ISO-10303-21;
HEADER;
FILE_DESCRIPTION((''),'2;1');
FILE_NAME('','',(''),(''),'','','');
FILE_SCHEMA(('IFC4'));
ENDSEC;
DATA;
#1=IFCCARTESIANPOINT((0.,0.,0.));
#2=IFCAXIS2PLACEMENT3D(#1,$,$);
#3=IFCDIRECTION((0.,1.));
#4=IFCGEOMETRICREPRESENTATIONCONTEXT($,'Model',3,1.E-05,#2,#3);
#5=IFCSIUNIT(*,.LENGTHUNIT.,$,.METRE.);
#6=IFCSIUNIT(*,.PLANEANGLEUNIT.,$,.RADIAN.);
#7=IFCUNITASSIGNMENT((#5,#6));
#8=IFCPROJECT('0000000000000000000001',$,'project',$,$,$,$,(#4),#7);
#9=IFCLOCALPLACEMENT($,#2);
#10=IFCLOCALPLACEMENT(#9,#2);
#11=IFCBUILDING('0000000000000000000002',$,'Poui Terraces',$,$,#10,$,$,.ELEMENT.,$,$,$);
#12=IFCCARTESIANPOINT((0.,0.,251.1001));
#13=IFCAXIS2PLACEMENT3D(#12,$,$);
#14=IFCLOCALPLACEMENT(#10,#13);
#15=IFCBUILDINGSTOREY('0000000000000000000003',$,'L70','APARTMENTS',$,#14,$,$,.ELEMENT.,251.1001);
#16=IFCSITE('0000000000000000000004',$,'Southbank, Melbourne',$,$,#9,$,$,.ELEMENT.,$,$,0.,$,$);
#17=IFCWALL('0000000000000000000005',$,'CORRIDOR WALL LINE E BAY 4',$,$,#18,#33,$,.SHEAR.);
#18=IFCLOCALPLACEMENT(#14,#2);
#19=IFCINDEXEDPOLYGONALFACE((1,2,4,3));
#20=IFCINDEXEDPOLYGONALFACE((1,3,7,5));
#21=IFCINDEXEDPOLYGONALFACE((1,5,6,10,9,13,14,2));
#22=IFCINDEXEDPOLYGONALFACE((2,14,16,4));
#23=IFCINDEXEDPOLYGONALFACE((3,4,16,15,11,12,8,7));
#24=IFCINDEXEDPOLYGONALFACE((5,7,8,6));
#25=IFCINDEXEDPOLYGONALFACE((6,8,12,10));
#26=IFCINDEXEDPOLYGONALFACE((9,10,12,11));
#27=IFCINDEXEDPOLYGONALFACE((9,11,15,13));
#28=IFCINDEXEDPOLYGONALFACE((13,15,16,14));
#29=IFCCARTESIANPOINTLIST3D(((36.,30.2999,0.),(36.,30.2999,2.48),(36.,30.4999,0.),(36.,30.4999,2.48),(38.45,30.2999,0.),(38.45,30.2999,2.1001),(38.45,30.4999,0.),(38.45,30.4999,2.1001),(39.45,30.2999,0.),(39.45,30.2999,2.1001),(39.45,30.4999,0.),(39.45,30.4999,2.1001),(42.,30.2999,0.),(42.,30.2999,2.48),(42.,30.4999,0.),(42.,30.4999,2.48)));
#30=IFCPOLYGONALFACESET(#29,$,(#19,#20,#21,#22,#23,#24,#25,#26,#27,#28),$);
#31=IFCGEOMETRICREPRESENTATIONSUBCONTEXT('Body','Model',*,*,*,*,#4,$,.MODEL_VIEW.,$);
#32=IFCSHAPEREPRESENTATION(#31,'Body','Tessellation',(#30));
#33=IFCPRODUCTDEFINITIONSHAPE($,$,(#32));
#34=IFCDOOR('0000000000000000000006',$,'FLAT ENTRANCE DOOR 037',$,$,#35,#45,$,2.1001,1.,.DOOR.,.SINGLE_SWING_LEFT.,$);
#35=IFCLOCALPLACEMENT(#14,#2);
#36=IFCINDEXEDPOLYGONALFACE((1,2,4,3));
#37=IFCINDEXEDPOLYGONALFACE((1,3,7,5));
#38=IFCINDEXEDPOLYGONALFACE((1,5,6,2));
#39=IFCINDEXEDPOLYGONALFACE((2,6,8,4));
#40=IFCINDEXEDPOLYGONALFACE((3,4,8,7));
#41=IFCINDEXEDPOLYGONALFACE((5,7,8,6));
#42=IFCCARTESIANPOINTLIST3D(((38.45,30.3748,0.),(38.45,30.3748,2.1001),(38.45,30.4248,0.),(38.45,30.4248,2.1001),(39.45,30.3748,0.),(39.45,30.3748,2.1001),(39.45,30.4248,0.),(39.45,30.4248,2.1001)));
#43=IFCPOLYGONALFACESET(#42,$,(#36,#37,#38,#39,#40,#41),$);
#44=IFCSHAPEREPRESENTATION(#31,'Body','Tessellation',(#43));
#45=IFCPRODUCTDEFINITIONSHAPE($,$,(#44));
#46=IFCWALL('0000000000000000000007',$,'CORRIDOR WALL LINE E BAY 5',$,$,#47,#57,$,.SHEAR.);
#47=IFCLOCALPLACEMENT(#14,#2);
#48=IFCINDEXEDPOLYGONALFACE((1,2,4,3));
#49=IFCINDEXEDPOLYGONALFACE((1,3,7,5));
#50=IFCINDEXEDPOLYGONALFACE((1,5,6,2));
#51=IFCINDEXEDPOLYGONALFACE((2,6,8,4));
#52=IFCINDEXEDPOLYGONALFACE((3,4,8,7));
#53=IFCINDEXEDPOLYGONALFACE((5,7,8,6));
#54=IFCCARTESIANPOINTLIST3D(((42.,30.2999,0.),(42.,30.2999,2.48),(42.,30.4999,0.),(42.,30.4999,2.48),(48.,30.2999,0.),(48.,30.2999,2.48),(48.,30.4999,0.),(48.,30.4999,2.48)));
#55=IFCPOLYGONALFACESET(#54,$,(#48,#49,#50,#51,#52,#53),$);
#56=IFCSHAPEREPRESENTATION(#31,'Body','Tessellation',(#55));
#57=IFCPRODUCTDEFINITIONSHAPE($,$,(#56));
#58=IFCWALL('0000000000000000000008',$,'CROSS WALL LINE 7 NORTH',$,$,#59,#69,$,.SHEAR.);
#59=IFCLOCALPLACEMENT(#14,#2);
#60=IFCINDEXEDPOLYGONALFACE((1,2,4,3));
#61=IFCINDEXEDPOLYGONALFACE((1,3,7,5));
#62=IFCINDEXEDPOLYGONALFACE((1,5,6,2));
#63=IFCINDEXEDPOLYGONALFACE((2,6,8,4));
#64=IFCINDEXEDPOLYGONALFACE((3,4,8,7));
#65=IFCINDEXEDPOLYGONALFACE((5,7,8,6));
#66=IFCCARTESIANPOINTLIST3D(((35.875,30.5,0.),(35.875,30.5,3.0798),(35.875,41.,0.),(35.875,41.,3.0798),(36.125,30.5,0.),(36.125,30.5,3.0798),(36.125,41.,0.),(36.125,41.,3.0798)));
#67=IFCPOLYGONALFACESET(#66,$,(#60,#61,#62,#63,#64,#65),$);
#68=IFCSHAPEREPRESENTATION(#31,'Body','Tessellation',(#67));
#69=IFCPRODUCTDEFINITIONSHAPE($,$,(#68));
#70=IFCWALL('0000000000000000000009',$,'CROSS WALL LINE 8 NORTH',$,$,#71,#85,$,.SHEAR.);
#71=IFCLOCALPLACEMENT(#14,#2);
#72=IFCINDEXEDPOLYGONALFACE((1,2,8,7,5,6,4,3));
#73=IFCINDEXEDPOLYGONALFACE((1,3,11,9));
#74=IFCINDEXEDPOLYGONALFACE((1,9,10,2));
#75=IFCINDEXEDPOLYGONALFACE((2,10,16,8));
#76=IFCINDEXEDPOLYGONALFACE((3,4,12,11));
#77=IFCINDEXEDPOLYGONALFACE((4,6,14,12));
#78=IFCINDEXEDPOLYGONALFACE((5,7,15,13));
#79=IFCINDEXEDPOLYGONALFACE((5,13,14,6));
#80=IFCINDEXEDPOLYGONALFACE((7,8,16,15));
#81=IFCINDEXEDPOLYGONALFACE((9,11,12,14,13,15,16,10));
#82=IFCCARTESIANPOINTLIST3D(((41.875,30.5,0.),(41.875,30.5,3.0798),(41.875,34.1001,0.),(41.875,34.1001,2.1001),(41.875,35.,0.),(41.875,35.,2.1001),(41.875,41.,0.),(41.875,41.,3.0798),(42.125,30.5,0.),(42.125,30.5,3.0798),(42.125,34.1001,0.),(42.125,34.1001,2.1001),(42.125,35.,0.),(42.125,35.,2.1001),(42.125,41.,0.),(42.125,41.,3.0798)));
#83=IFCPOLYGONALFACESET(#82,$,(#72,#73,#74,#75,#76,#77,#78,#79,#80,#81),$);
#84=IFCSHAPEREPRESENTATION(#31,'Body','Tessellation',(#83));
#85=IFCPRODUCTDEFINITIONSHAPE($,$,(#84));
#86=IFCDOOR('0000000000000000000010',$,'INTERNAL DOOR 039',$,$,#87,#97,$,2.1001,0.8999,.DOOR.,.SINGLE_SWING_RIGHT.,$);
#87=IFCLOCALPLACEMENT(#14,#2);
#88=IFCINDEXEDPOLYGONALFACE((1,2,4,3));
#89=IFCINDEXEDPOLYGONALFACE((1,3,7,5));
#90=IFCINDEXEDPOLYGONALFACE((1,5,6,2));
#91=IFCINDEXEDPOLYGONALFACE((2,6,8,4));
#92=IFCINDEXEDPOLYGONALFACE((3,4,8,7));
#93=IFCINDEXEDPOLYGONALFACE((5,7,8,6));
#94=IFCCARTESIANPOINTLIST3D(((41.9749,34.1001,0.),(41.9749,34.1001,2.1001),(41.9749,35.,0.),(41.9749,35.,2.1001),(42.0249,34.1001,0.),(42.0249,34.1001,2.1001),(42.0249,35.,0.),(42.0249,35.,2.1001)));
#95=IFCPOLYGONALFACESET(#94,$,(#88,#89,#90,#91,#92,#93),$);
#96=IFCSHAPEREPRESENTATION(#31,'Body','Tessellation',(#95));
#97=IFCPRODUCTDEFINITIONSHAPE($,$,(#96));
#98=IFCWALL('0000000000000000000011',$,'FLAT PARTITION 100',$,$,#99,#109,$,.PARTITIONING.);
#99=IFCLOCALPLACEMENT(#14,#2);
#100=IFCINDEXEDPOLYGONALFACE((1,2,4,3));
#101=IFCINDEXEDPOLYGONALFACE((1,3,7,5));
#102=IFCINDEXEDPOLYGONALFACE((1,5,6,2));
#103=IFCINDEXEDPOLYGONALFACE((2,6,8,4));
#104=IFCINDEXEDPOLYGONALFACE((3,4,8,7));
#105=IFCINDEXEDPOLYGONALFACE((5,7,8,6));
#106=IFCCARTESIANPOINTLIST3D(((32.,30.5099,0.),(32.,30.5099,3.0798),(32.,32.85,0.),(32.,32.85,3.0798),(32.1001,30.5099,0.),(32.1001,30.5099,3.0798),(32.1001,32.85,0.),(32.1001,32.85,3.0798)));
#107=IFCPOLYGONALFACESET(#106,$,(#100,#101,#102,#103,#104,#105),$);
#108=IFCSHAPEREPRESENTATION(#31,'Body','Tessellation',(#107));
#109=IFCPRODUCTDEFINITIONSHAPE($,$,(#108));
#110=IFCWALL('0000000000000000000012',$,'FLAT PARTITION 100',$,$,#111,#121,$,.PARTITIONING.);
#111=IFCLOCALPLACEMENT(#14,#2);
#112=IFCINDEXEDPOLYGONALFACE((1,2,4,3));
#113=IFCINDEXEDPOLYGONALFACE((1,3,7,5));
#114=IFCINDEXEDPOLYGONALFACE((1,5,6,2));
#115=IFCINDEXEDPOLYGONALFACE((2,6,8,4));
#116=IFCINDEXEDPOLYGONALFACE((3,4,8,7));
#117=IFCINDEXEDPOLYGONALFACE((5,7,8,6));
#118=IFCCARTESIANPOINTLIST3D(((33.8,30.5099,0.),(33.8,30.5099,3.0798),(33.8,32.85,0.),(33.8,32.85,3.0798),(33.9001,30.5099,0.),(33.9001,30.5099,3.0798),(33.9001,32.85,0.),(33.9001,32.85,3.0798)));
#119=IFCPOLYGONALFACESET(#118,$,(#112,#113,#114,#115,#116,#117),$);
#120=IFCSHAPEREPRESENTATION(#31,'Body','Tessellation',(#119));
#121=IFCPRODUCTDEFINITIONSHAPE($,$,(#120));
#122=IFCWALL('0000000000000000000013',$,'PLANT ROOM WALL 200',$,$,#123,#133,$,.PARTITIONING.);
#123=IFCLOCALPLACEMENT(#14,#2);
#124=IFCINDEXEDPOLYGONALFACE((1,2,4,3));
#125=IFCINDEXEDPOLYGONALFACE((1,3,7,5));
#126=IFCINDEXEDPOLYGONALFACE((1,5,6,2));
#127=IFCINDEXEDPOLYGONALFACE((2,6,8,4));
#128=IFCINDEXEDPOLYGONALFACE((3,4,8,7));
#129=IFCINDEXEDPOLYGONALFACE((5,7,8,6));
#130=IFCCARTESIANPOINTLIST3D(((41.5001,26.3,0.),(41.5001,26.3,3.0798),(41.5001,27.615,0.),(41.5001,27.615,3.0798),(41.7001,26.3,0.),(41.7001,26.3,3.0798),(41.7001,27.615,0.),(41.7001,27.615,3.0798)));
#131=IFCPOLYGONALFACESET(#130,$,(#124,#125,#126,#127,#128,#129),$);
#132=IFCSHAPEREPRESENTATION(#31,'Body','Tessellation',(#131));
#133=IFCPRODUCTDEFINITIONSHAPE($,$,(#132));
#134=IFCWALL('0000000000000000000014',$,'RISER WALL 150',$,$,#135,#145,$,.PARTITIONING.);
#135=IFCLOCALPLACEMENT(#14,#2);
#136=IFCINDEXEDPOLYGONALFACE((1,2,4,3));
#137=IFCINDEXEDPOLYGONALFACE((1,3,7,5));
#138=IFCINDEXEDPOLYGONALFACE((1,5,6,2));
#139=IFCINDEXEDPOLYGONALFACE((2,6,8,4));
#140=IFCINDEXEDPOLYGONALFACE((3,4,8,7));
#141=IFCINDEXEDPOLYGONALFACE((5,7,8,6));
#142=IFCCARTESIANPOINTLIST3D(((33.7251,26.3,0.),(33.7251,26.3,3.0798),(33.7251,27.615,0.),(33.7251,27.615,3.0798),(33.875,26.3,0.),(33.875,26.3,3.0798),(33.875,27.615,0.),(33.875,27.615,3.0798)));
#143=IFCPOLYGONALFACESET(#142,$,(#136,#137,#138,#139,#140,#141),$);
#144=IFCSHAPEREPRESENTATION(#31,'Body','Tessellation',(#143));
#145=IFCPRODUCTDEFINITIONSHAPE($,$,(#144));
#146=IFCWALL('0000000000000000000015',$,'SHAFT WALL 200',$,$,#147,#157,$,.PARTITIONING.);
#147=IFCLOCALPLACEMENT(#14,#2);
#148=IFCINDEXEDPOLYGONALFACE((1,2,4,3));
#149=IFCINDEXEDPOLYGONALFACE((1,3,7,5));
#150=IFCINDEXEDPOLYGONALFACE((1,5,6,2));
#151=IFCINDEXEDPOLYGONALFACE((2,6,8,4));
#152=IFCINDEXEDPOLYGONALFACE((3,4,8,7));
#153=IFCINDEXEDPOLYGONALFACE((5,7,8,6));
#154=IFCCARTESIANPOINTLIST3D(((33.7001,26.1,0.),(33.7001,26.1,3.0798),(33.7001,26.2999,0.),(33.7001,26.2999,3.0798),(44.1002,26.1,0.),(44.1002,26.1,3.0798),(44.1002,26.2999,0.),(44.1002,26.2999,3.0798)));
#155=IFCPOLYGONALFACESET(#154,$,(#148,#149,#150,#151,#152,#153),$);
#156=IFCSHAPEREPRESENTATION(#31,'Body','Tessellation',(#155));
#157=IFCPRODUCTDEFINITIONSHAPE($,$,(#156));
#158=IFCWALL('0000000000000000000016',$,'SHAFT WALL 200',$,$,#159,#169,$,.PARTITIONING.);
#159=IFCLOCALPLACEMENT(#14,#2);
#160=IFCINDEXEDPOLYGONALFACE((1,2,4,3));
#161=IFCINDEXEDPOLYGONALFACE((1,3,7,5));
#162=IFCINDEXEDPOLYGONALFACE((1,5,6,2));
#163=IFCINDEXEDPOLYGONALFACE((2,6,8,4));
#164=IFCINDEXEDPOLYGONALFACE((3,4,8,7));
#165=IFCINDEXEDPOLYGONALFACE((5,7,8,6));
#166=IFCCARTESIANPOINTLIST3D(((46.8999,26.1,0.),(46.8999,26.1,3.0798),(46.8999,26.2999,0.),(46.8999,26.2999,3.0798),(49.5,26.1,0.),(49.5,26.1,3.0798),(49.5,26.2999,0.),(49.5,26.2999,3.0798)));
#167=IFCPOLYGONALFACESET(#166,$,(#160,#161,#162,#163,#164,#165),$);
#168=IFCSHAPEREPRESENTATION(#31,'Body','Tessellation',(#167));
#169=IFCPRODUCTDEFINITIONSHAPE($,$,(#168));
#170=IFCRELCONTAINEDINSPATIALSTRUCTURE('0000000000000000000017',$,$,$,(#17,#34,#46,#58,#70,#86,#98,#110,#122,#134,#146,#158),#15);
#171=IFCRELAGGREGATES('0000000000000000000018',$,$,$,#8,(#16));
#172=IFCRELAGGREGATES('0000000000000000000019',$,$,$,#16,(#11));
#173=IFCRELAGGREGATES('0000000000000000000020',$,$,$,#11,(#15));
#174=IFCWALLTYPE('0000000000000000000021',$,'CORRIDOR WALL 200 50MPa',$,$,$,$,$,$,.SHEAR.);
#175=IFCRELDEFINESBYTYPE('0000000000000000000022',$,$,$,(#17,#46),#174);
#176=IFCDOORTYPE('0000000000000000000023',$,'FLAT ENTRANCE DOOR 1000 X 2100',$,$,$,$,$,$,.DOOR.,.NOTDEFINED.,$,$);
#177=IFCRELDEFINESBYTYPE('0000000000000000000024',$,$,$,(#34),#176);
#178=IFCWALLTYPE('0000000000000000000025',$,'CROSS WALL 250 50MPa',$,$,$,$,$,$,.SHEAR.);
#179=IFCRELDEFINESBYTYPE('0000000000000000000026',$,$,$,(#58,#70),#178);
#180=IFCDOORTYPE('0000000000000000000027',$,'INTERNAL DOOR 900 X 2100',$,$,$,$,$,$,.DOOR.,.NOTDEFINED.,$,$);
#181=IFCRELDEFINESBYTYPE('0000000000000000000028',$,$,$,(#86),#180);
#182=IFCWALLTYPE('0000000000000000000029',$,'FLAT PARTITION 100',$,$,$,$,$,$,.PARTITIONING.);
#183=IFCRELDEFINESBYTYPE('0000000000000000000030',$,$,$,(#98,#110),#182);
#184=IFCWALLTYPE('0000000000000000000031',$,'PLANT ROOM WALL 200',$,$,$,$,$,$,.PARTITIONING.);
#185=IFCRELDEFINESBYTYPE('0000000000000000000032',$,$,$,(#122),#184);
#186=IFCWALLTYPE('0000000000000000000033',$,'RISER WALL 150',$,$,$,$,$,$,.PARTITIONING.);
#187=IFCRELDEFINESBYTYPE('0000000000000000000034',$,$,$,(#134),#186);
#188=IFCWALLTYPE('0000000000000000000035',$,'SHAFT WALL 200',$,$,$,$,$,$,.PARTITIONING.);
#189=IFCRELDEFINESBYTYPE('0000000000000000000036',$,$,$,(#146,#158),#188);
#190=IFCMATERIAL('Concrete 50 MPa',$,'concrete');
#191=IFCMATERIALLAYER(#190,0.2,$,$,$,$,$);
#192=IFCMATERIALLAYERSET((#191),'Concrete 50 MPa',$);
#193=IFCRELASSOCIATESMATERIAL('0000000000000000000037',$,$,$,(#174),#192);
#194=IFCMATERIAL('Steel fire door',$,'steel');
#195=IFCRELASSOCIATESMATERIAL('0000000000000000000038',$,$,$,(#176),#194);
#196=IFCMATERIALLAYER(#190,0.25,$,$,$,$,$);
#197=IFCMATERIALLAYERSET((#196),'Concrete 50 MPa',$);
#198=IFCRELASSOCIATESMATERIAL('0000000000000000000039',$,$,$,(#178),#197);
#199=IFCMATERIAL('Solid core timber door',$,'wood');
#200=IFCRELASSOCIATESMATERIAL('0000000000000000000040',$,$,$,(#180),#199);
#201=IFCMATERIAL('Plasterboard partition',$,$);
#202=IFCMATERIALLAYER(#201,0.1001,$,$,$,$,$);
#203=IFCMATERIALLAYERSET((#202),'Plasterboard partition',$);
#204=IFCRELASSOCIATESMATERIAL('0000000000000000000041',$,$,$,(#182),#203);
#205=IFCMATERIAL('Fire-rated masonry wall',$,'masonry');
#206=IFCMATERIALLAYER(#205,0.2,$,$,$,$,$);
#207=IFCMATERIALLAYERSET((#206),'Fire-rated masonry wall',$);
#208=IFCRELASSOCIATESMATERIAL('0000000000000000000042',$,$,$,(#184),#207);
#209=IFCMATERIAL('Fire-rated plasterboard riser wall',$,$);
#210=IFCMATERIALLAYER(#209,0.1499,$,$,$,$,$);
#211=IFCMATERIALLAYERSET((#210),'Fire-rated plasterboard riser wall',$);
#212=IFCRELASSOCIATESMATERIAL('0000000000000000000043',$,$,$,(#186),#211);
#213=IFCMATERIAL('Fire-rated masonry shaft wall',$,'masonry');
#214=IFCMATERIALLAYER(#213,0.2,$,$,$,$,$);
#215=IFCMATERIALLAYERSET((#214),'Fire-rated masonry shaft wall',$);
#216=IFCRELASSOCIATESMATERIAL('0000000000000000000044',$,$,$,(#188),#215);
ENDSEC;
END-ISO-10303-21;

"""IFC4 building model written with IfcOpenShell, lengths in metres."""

from ifc_helpers import new_model, si_unit, direction, frame, frame_2d, origin, place, context, subcontext, project, spatial, rectangle, extrude, material, layer, layer_set, type_object, element, fill, save


model = new_model("IFC4")

# Units and contexts
model_context = context("Model", 3, precision=1e-05, world=origin(), true_north=direction((0.0, 1.0)))
body_context = subcontext(model_context, "Body", "Model", "MODEL_VIEW")
ifc_project = project(units=[si_unit("LENGTHUNIT", "METRE"), si_unit("PLANEANGLEUNIT", "RADIAN")], contexts=[model_context])

# Site, building, storey
site_placement = place(None, origin())
site = spatial("IfcSite", under=ifc_project, at=site_placement, Name="Southbank, Melbourne", CompositionType="ELEMENT", RefElevation=0.0)
building_placement = place(site_placement, origin())
building = spatial("IfcBuilding", under=site, at=building_placement, Name="Poui Terraces", CompositionType="ELEMENT")
storey_placement = place(building_placement, frame((0.0, 0.0, 251.1001)))
storey = spatial("IfcBuildingStorey", under=building, at=storey_placement, Name="L70", Description="APARTMENTS", CompositionType="ELEMENT", Elevation=251.1001)

# Shared definitions
ifc_material_1 = material(Name="Concrete 50 MPa", Category="concrete")

# Shared definitions
ifc_material_2 = material(Name="Steel fire door", Category="steel")

# Wall, opening, door
ifc_layer_1 = layer(ifc_material_1, 0.2)
ifc_layer_set_1 = layer_set([ifc_layer_1], Name="Concrete 50 MPa")
wall_type_1 = type_object("IfcWallType", Name="CORRIDOR WALL 200 50MPa", PredefinedType="SHEAR", material=ifc_layer_set_1)
wall_1_placement = place(storey_placement, frame((36.0, 30.3999, 0.0), z_axis=(0.0, 0.0, 1.0), x_axis=(1.0, 0.0, 0.0)))
wall_1 = element("IfcWall", 1, at=wall_1_placement, inside=storey, type_object=wall_type_1, Name="CORRIDOR WALL LINE E BAY 4", PredefinedType="SHEAR", context=body_context, shape_type="SweptSolid", body=[
    extrude(rectangle(XDim=6.0, YDim=0.2, at=frame_2d((3.0, 0.0))), origin(), (0.0, 0.0, 1.0), 2.48),
])
opening_1_placement = place(wall_1_placement, frame((2.45, 0.0, 0.0)))
opening_1 = element("IfcOpeningElement", 2, at=opening_1_placement, cuts=wall_1, PredefinedType="OPENING", context=body_context, shape_type="SweptSolid", body=[
    extrude(rectangle(XDim=1.0, YDim=2.1001, at=frame_2d((0.5, 1.05))), frame((0.0, 0.1099, 0.0), z_axis=(0.0, -1.0, 0.0), x_axis=(1.0, 0.0, 0.0)), (0.0, 0.0, 1.0), 0.22),
])
door_type_1 = type_object("IfcDoorType", Name="FLAT ENTRANCE DOOR 1000 X 2100", OperationType="NOTDEFINED", PredefinedType="DOOR", material=ifc_material_2)
door_1_placement = place(opening_1_placement, origin())
door_1 = element("IfcDoor", 3, at=door_1_placement, inside=storey, type_object=door_type_1, Name="FLAT ENTRANCE DOOR 037", OperationType="SINGLE_SWING_LEFT", OverallHeight=2.1001, OverallWidth=1.0, PredefinedType="DOOR", context=body_context, shape_type="SweptSolid", body=[
    extrude(rectangle(XDim=1.0, YDim=2.1001, at=frame_2d((0.5, 1.05))), frame((0.0, 0.0249, 0.0), z_axis=(0.0, -1.0, 0.0), x_axis=(1.0, 0.0, 0.0)), (0.0, 0.0, 1.0), 0.05),
])
fill(opening_1, door_1)

# Walls
wall_2_placement = place(storey_placement, frame((42.0, 30.3999, 0.0), z_axis=(0.0, 0.0, 1.0), x_axis=(1.0, 0.0, 0.0)))
element("IfcWall", 4, at=wall_2_placement, inside=storey, type_object=wall_type_1, Name="CORRIDOR WALL LINE E BAY 5", PredefinedType="SHEAR", context=body_context, shape_type="SweptSolid", body=[
    extrude(rectangle(XDim=6.0, YDim=0.2, at=frame_2d((3.0, 0.0))), origin(), (0.0, 0.0, 1.0), 2.48),
])
ifc_layer_2 = layer(ifc_material_1, 0.25)
ifc_layer_set_2 = layer_set([ifc_layer_2], Name="Concrete 50 MPa")
wall_type_2 = type_object("IfcWallType", Name="CROSS WALL 250 50MPa", PredefinedType="SHEAR", material=ifc_layer_set_2)
wall_3_placement = place(storey_placement, frame((36.0, 30.5, 0.0), z_axis=(0.0, 0.0, 1.0), x_axis=(0.0, 1.0, 0.0)))
element("IfcWall", 5, at=wall_3_placement, inside=storey, type_object=wall_type_2, Name="CROSS WALL LINE 7 NORTH", PredefinedType="SHEAR", context=body_context, shape_type="SweptSolid", body=[
    extrude(rectangle(XDim=10.5, YDim=0.25, at=frame_2d((5.25, 0.0))), origin(), (0.0, 0.0, 1.0), 3.0798),
])

# Wall, opening, door
wall_4_placement = place(storey_placement, frame((42.0, 30.5, 0.0), z_axis=(0.0, 0.0, 1.0), x_axis=(0.0, 1.0, 0.0)))
wall_4 = element("IfcWall", 6, at=wall_4_placement, inside=storey, type_object=wall_type_2, Name="CROSS WALL LINE 8 NORTH", PredefinedType="SHEAR", context=body_context, shape_type="SweptSolid", body=[
    extrude(rectangle(XDim=10.5, YDim=0.25, at=frame_2d((5.25, 0.0))), origin(), (0.0, 0.0, 1.0), 3.0798),
])
opening_2_placement = place(wall_4_placement, frame((3.6001, 0.0, 0.0)))
opening_2 = element("IfcOpeningElement", 7, at=opening_2_placement, cuts=wall_4, PredefinedType="OPENING", context=body_context, shape_type="SweptSolid", body=[
    extrude(rectangle(XDim=0.8999, YDim=2.1001, at=frame_2d((0.45, 1.05))), frame((0.0, 0.135, 0.0), z_axis=(0.0, -1.0, 0.0), x_axis=(1.0, 0.0, 0.0)), (0.0, 0.0, 1.0), 0.27),
])
ifc_material_3 = material(Name="Solid core timber door", Category="wood")
door_type_2 = type_object("IfcDoorType", Name="INTERNAL DOOR 900 X 2100", OperationType="NOTDEFINED", PredefinedType="DOOR", material=ifc_material_3)
door_2_placement = place(opening_2_placement, frame((0.8999, 0.0, 0.0), z_axis=(0.0, 0.0, 1.0), x_axis=(-1.0, 0.0, 0.0)))
door_2 = element("IfcDoor", 8, at=door_2_placement, inside=storey, type_object=door_type_2, Name="INTERNAL DOOR 039", OperationType="SINGLE_SWING_RIGHT", OverallHeight=2.1001, OverallWidth=0.8999, PredefinedType="DOOR", context=body_context, shape_type="SweptSolid", body=[
    extrude(rectangle(XDim=0.8999, YDim=2.1001, at=frame_2d((0.45, 1.05))), frame((0.0, 0.0249, 0.0), z_axis=(0.0, -1.0, 0.0), x_axis=(1.0, 0.0, 0.0)), (0.0, 0.0, 1.0), 0.05),
])
fill(opening_2, door_2)

# Walls
ifc_material_4 = material(Name="Plasterboard partition")
ifc_layer_3 = layer(ifc_material_4, 0.1001)
ifc_layer_set_3 = layer_set([ifc_layer_3], Name="Plasterboard partition")
wall_type_3 = type_object("IfcWallType", Name="FLAT PARTITION 100", PredefinedType="PARTITIONING", material=ifc_layer_set_3)
for number, where, z_axis, x_axis, name in (
    (9, (32.05, 30.51, 0.0), (0.0, 0.0, 1.0), (0.0, 1.0, 0.0), "FLAT PARTITION 100"),
    (10, (33.8501, 30.51, 0.0), (0.0, 0.0, 1.0), (0.0, 1.0, 0.0), "FLAT PARTITION 100"),
):
    element("IfcWall", number, at=place(storey_placement, frame(where, z_axis=z_axis, x_axis=x_axis)), inside=storey, type_object=wall_type_3, Name=name, PredefinedType="PARTITIONING", context=body_context, shape_type="SweptSolid", body=[
        extrude(rectangle(XDim=2.3401, YDim=0.1001, at=frame_2d((1.1699, 0.0))), origin(), (0.0, 0.0, 1.0), 3.0798),
    ])
ifc_material_5 = material(Name="Fire-rated masonry wall", Category="masonry")
ifc_layer_4 = layer(ifc_material_5, 0.2)
ifc_layer_set_4 = layer_set([ifc_layer_4], Name="Fire-rated masonry wall")
wall_type_4 = type_object("IfcWallType", Name="PLANT ROOM WALL 200", PredefinedType="PARTITIONING", material=ifc_layer_set_4)
wall_5_placement = place(storey_placement, frame((41.6001, 26.3, 0.0), z_axis=(0.0, 0.0, 1.0), x_axis=(0.0, 1.0, 0.0)))
element("IfcWall", 11, at=wall_5_placement, inside=storey, type_object=wall_type_4, Name="PLANT ROOM WALL 200", PredefinedType="PARTITIONING", context=body_context, shape_type="SweptSolid", body=[
    extrude(rectangle(XDim=1.3149, YDim=0.2, at=frame_2d((0.6575, 0.0))), origin(), (0.0, 0.0, 1.0), 3.0798),
])
ifc_material_6 = material(Name="Fire-rated plasterboard riser wall")
ifc_layer_5 = layer(ifc_material_6, 0.1499)
ifc_layer_set_5 = layer_set([ifc_layer_5], Name="Fire-rated plasterboard riser wall")
wall_type_5 = type_object("IfcWallType", Name="RISER WALL 150", PredefinedType="PARTITIONING", material=ifc_layer_set_5)
wall_6_placement = place(storey_placement, frame((33.8, 26.3, 0.0), z_axis=(0.0, 0.0, 1.0), x_axis=(0.0, 1.0, 0.0)))
element("IfcWall", 12, at=wall_6_placement, inside=storey, type_object=wall_type_5, Name="RISER WALL 150", PredefinedType="PARTITIONING", context=body_context, shape_type="SweptSolid", body=[
    extrude(rectangle(XDim=1.3149, YDim=0.1499, at=frame_2d((0.6575, 0.0))), origin(), (0.0, 0.0, 1.0), 3.0798),
])
ifc_material_7 = material(Name="Fire-rated masonry shaft wall", Category="masonry")
ifc_layer_6 = layer(ifc_material_7, 0.2)
ifc_layer_set_6 = layer_set([ifc_layer_6], Name="Fire-rated masonry shaft wall")
wall_type_6 = type_object("IfcWallType", Name="SHAFT WALL 200", PredefinedType="PARTITIONING", material=ifc_layer_set_6)
wall_7_placement = place(storey_placement, frame((33.7, 26.2, 0.0), z_axis=(0.0, 0.0, 1.0), x_axis=(1.0, 0.0, 0.0)))
element("IfcWall", 13, at=wall_7_placement, inside=storey, type_object=wall_type_6, Name="SHAFT WALL 200", PredefinedType="PARTITIONING", context=body_context, shape_type="SweptSolid", body=[
    extrude(rectangle(XDim=10.4001, YDim=0.2, at=frame_2d((5.2002, 0.0))), origin(), (0.0, 0.0, 1.0), 3.0798),
])
wall_8_placement = place(storey_placement, frame((46.8999, 26.2, 0.0), z_axis=(0.0, 0.0, 1.0), x_axis=(1.0, 0.0, 0.0)))
element("IfcWall", 14, at=wall_8_placement, inside=storey, type_object=wall_type_6, Name="SHAFT WALL 200", PredefinedType="PARTITIONING", context=body_context, shape_type="SweptSolid", body=[
    extrude(rectangle(XDim=2.6001, YDim=0.2, at=frame_2d((1.3, 0.0))), origin(), (0.0, 0.0, 1.0), 3.0798),
])

save(model, "model.ifc")
